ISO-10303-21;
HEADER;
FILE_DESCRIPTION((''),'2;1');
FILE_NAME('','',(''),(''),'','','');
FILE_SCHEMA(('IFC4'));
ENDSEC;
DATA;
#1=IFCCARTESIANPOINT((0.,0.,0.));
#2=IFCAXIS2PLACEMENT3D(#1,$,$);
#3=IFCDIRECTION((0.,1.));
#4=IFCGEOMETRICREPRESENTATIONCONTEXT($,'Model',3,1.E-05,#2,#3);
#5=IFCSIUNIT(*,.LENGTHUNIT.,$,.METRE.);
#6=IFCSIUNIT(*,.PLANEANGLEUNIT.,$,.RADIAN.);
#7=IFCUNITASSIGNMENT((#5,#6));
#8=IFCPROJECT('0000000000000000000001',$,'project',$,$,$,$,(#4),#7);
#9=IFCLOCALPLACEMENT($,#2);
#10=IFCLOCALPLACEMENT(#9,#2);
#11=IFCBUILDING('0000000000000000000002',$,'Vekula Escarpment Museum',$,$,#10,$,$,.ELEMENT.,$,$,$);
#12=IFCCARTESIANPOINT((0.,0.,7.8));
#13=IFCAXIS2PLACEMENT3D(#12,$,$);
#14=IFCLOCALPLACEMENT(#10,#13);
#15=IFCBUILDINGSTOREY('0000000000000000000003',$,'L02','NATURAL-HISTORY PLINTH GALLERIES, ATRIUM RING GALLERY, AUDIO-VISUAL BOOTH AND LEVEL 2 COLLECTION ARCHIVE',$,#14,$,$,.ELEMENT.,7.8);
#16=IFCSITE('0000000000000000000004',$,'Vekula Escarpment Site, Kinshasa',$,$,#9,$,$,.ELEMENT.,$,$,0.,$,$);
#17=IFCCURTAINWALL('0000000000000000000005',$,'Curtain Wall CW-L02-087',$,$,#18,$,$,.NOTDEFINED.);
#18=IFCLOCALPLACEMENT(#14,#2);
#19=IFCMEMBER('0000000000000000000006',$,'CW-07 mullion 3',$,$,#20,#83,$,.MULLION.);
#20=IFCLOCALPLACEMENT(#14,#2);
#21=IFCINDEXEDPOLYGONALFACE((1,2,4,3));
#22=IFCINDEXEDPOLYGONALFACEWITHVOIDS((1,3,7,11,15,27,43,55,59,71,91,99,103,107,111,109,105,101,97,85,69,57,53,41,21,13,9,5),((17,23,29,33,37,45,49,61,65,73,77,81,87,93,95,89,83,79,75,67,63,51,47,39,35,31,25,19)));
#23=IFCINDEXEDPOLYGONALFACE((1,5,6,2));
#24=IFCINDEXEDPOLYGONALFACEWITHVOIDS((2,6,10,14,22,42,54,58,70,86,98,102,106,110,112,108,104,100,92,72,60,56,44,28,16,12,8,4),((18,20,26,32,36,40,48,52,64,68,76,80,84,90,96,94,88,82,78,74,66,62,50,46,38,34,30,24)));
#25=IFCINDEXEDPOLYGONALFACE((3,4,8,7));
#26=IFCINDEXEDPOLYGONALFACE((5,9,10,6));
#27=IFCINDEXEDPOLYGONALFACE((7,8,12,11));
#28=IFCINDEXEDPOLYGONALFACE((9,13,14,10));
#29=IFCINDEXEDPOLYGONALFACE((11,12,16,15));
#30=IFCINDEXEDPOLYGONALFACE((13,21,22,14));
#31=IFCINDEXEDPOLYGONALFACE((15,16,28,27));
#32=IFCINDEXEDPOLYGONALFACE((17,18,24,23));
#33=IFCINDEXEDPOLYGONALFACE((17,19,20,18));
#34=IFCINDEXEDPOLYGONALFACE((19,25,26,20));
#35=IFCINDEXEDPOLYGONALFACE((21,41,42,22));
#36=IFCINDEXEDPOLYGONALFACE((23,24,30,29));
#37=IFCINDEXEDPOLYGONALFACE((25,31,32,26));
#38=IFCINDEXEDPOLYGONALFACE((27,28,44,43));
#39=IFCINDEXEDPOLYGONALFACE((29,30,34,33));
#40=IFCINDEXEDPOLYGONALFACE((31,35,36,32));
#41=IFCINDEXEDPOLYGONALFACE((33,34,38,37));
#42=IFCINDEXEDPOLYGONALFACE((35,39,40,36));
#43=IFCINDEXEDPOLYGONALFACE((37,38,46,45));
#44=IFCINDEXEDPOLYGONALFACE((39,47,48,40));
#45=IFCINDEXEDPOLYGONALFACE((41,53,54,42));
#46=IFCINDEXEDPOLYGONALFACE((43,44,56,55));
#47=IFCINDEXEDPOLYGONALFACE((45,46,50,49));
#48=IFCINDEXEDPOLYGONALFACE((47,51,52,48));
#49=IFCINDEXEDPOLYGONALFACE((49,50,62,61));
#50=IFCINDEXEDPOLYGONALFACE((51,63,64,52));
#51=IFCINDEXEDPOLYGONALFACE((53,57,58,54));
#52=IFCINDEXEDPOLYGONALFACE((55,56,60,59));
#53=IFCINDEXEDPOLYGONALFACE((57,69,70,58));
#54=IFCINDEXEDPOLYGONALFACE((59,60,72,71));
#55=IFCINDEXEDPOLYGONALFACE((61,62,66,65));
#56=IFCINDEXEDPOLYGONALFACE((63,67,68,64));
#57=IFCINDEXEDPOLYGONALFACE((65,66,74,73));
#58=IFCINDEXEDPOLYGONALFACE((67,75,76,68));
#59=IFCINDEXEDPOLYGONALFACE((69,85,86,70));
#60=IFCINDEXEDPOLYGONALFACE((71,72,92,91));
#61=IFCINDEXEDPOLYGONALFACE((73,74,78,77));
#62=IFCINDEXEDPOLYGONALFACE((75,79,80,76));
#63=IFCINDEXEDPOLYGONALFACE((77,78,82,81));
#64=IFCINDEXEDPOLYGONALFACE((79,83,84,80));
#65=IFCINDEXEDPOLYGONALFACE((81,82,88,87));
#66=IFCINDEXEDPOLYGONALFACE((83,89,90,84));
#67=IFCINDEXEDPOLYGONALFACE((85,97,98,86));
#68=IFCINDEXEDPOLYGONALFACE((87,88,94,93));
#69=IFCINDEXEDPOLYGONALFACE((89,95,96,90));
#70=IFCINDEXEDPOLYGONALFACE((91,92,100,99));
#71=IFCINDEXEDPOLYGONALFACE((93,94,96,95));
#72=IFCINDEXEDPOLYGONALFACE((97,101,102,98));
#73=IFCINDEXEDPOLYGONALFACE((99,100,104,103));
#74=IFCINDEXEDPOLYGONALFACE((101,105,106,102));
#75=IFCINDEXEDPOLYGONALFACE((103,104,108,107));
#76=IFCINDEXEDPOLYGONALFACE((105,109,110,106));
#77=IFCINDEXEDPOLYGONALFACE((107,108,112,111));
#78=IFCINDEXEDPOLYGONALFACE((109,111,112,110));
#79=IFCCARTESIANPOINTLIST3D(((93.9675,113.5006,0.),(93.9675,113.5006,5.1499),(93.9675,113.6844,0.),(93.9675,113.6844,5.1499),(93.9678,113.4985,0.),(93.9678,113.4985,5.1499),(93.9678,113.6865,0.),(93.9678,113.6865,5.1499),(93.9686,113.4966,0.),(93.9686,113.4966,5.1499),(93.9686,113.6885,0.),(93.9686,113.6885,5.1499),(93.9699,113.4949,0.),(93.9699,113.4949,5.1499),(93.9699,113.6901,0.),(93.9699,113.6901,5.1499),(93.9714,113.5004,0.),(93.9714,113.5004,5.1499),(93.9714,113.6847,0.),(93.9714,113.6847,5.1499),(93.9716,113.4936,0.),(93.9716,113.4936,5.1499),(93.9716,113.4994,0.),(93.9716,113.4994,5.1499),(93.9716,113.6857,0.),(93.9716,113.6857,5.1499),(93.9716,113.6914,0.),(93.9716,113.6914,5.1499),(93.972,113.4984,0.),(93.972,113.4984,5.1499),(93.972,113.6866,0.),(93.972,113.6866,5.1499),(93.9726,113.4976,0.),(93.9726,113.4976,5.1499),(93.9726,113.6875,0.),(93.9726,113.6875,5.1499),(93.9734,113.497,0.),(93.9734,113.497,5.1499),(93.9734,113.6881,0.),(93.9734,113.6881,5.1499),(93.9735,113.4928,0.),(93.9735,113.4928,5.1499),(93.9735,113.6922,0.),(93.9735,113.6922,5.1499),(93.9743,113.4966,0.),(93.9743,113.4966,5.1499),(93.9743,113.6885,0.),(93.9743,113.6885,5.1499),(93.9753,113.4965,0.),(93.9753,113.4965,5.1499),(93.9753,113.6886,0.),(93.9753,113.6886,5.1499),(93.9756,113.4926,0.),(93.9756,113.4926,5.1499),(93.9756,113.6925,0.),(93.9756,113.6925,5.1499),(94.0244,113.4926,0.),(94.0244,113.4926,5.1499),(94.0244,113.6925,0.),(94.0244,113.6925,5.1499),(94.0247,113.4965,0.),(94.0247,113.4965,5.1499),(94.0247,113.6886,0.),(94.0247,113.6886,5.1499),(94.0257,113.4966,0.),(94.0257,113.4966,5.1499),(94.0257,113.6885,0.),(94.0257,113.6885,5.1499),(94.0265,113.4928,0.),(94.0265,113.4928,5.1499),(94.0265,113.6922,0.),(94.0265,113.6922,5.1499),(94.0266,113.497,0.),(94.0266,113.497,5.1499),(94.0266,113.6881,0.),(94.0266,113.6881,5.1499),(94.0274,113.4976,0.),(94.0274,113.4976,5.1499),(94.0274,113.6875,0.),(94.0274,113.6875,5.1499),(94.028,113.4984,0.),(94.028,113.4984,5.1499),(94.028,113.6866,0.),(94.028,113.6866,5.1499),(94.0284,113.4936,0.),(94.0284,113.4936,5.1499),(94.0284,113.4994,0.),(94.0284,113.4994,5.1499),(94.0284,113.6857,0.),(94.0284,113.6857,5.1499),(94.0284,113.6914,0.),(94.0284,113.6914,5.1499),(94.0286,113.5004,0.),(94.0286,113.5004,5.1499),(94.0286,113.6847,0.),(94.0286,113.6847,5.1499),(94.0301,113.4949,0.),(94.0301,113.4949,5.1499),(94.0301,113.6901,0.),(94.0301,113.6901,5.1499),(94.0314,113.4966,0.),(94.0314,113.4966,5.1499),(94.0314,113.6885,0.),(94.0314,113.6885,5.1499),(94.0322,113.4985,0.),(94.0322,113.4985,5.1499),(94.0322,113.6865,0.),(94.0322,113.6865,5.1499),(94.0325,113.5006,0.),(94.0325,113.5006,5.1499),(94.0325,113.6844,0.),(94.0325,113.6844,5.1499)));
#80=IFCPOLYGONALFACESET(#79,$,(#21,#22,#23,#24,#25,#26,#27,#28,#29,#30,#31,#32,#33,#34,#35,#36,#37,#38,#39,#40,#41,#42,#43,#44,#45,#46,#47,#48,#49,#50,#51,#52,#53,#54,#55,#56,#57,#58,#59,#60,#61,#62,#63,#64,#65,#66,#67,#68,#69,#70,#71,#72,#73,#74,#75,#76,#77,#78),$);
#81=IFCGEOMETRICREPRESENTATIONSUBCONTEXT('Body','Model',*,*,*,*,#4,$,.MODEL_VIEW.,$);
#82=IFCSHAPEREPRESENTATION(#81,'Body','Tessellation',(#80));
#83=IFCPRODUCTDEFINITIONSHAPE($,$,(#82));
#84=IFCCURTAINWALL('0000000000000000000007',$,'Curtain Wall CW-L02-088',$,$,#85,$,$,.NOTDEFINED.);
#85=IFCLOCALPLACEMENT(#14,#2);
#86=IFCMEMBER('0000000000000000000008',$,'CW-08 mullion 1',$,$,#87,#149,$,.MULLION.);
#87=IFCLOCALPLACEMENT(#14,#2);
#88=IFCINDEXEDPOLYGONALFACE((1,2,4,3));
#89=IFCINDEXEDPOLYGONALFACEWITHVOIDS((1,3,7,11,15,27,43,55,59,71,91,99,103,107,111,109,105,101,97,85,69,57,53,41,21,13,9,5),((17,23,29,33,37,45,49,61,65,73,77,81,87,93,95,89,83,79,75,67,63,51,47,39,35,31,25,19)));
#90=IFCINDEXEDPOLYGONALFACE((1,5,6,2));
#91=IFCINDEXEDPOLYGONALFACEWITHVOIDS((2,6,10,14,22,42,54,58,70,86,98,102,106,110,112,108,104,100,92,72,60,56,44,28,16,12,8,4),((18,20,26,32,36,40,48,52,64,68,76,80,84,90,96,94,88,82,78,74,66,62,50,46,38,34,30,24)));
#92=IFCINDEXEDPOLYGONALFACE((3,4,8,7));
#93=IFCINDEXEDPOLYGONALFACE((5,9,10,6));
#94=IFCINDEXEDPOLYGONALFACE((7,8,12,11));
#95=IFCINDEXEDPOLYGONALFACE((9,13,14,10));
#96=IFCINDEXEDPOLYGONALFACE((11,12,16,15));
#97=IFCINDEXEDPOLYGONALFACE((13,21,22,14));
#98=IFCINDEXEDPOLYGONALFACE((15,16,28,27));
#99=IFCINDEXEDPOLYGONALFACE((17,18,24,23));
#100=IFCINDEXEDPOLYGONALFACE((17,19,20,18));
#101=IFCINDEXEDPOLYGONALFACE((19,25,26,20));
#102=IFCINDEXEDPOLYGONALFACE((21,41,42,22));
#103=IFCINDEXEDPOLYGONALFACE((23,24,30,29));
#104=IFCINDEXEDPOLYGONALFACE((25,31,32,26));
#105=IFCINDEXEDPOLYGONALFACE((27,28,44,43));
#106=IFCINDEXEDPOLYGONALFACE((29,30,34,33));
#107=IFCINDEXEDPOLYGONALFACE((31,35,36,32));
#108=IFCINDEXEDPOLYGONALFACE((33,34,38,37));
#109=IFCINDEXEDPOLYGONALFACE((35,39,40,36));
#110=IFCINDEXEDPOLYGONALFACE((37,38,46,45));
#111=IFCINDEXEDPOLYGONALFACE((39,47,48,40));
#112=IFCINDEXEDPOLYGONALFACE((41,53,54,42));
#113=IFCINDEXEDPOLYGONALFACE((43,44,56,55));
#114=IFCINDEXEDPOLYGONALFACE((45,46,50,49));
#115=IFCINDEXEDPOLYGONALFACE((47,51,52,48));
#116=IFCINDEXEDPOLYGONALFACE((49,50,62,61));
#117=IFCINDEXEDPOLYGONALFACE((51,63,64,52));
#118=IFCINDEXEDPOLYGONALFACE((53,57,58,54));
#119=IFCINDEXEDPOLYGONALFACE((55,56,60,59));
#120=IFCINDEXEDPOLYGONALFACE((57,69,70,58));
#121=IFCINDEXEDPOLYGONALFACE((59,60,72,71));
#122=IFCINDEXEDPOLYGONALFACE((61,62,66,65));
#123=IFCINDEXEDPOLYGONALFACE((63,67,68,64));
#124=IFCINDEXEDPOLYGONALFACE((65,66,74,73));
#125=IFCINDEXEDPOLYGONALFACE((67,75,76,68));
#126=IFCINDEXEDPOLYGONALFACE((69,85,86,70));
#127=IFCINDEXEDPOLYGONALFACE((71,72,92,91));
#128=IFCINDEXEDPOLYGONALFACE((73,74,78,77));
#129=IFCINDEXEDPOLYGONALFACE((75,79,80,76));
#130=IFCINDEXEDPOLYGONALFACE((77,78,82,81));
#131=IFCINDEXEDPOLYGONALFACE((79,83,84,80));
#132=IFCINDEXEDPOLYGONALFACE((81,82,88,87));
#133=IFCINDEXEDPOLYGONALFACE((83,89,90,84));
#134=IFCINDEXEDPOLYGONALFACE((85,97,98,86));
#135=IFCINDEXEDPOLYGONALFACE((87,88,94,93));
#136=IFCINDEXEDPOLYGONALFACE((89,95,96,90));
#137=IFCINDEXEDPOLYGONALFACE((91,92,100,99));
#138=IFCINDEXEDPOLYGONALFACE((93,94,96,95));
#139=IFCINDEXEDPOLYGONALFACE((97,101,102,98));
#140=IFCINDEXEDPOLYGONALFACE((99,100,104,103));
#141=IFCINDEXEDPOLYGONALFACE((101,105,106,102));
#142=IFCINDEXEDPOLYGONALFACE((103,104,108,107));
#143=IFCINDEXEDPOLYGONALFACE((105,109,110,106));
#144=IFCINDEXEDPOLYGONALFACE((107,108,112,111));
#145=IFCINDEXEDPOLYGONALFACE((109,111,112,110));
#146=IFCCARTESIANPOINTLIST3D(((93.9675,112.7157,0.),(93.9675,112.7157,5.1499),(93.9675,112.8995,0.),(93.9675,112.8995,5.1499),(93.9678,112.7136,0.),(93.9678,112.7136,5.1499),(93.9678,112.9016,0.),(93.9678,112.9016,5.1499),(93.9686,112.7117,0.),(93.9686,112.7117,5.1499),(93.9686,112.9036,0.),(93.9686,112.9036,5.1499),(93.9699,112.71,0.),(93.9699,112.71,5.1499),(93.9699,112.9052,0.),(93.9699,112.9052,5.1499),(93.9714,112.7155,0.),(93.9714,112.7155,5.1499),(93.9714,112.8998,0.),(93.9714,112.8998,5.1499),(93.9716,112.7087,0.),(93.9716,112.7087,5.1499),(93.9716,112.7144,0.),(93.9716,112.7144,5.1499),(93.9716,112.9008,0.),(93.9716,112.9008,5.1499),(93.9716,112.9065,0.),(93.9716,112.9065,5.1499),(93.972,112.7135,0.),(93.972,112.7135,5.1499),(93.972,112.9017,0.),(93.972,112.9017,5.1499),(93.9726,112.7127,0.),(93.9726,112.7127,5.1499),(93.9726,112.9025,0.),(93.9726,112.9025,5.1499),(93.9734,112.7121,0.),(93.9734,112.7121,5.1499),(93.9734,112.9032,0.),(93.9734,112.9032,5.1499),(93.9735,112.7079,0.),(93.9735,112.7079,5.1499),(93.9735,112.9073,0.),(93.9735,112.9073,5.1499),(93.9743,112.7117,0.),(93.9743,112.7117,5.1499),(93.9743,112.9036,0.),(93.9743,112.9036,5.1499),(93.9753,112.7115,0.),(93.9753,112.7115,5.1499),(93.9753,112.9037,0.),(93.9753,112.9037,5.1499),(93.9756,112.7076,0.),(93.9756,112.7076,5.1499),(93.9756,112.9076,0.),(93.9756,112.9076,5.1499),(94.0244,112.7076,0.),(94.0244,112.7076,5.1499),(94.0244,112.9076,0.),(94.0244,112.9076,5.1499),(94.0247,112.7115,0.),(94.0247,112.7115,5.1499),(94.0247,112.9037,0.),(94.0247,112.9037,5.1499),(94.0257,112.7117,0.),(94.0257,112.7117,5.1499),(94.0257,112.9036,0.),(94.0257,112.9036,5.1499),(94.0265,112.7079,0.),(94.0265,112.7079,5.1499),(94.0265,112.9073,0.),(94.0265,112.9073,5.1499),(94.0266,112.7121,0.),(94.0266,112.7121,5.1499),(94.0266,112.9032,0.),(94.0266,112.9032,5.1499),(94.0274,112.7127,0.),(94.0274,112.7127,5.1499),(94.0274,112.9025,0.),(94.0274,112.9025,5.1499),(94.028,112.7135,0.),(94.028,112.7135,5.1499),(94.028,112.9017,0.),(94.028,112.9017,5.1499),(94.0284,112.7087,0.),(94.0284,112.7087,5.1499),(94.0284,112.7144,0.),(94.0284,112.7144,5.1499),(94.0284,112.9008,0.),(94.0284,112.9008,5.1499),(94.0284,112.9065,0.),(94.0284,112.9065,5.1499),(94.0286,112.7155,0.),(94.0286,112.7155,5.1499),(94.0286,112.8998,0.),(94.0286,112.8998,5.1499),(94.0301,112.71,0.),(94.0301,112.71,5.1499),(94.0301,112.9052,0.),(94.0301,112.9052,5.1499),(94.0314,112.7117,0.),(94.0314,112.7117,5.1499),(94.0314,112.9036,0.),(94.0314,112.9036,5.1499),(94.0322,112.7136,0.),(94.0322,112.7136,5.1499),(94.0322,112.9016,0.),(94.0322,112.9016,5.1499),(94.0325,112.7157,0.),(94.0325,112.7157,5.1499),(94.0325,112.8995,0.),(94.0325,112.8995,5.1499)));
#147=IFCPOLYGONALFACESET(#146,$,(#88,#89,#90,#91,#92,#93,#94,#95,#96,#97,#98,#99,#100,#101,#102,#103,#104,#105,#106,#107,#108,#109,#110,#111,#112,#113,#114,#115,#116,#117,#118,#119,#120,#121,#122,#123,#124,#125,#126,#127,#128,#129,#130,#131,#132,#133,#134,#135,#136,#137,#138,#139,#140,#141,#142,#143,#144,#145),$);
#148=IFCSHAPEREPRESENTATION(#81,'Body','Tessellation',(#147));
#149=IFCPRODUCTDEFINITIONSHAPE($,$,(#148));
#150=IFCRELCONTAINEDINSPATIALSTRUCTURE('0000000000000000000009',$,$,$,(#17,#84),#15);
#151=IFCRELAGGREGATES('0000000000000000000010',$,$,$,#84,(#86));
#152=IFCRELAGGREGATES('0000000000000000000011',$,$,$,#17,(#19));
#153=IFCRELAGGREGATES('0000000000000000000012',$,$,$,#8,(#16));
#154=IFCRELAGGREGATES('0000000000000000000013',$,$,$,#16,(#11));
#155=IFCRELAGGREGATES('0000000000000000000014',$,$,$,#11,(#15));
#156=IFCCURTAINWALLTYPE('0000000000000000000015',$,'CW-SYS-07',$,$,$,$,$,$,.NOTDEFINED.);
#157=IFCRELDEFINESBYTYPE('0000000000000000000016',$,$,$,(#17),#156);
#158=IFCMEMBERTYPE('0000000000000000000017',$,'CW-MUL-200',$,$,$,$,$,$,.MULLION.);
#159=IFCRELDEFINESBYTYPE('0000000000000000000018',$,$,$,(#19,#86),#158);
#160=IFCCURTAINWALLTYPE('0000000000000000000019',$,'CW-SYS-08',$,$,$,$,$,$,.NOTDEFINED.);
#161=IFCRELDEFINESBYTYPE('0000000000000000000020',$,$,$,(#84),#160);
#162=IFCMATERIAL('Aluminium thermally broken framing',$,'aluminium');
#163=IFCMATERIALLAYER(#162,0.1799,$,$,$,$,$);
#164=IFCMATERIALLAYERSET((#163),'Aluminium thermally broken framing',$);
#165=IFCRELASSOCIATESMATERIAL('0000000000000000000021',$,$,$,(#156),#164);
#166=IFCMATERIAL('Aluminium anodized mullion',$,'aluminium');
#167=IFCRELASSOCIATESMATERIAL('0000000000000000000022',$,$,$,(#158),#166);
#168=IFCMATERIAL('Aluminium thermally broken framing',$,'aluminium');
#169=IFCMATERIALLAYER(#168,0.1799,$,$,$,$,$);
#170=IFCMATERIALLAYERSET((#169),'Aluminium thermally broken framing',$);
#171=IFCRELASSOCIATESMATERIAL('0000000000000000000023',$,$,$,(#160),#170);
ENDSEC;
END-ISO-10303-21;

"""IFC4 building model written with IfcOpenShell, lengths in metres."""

from ifc_helpers import new_model, si_unit, direction, frame, origin, origin_2d, place, context, subcontext, project, spatial, hollow_rectangle, extrude, material, layer, layer_set, material_profile, profile_set, type_object, element, aggregate, save


model = new_model("IFC4")

# Units and contexts
model_context = context("Model", 3, precision=1e-05, world=origin(), true_north=direction((0.0, 1.0)))
body_context = subcontext(model_context, "Body", "Model", "MODEL_VIEW")
ifc_project = project(units=[si_unit("LENGTHUNIT", "METRE"), si_unit("PLANEANGLEUNIT", "RADIAN")], contexts=[model_context])

# Site, building, storey
site_placement = place(None, origin())
site = spatial("IfcSite", under=ifc_project, at=site_placement, Name="Vekula Escarpment Site, Kinshasa", CompositionType="ELEMENT", RefElevation=0.0)
building_placement = place(site_placement, origin())
building = spatial("IfcBuilding", under=site, at=building_placement, Name="Vekula Escarpment Museum", CompositionType="ELEMENT")
storey_placement = place(building_placement, frame((0.0, 0.0, 7.8)))
storey = spatial("IfcBuildingStorey", under=building, at=storey_placement, Name="L02", Description="NATURAL-HISTORY PLINTH GALLERIES, ATRIUM RING GALLERY, AUDIO-VISUAL BOOTH AND LEVEL 2 COLLECTION ARCHIVE", CompositionType="ELEMENT", Elevation=7.8)

# Curtain wall, member
ifc_material_1 = material(Name="Aluminium thermally broken framing", Category="aluminium")
ifc_layer_1 = layer(ifc_material_1, 0.1799)
ifc_layer_set_1 = layer_set([ifc_layer_1], Name="Aluminium thermally broken framing")
curtain_wall_type_1 = type_object("IfcCurtainWallType", Name="CW-SYS-07", PredefinedType="NOTDEFINED", material=ifc_layer_set_1)
curtain_wall_1_placement = place(storey_placement, origin())
curtain_wall_1 = element("IfcCurtainWall", 1, at=curtain_wall_1_placement, inside=storey, type_object=curtain_wall_type_1, Name="Curtain Wall CW-L02-087", PredefinedType="NOTDEFINED")
ifc_material_2 = material(Name="Aluminium anodized mullion", Category="aluminium")
ifc_material_profile_1 = material_profile(ifc_material_2, hollow_rectangle(XDim=0.0649, YDim=0.2, WallThickness=0.0039, InnerFilletRadius=0.0039, OuterFilletRadius=0.0081, at=origin_2d()), Name="ALU 200x65x4")
ifc_profile_set_1 = profile_set([ifc_material_profile_1], Name="Aluminium anodized mullion")
member_type_1 = type_object("IfcMemberType", Name="CW-MUL-200", PredefinedType="MULLION", material=ifc_profile_set_1)
member_1_placement = place(storey_placement, frame((94.0, 113.5925, 0.0), z_axis=(0.0, 0.0, 1.0), x_axis=(1.0, 0.0, 0.0)))
member_1 = element("IfcMember", 2, at=member_1_placement, type_object=member_type_1, Name="CW-07 mullion 3", PredefinedType="MULLION", context=body_context, shape_type="SweptSolid", body=[
    extrude(hollow_rectangle(XDim=0.0649, YDim=0.2, WallThickness=0.0039, InnerFilletRadius=0.0039, OuterFilletRadius=0.0081, at=origin_2d()), origin(), (0.0, 0.0, 1.0), 5.1499),
])

# Curtain wall, member
ifc_material_3 = material(Name="Aluminium thermally broken framing", Category="aluminium")
ifc_layer_2 = layer(ifc_material_3, 0.1799)
ifc_layer_set_2 = layer_set([ifc_layer_2], Name="Aluminium thermally broken framing")
curtain_wall_type_2 = type_object("IfcCurtainWallType", Name="CW-SYS-08", PredefinedType="NOTDEFINED", material=ifc_layer_set_2)
curtain_wall_2_placement = place(storey_placement, origin())
curtain_wall_2 = element("IfcCurtainWall", 3, at=curtain_wall_2_placement, inside=storey, type_object=curtain_wall_type_2, Name="Curtain Wall CW-L02-088", PredefinedType="NOTDEFINED")
member_2_placement = place(storey_placement, frame((94.0, 112.8076, 0.0), z_axis=(0.0, 0.0, 1.0), x_axis=(1.0, 0.0, 0.0)))
member_2 = element("IfcMember", 4, at=member_2_placement, type_object=member_type_1, Name="CW-08 mullion 1", PredefinedType="MULLION", context=body_context, shape_type="SweptSolid", body=[
    extrude(hollow_rectangle(XDim=0.0649, YDim=0.2, WallThickness=0.0039, InnerFilletRadius=0.0039, OuterFilletRadius=0.0081, at=origin_2d()), origin(), (0.0, 0.0, 1.0), 5.1499),
])

aggregate(curtain_wall_2, [member_2])

aggregate(curtain_wall_1, [member_1])

save(model, "model.ifc")
